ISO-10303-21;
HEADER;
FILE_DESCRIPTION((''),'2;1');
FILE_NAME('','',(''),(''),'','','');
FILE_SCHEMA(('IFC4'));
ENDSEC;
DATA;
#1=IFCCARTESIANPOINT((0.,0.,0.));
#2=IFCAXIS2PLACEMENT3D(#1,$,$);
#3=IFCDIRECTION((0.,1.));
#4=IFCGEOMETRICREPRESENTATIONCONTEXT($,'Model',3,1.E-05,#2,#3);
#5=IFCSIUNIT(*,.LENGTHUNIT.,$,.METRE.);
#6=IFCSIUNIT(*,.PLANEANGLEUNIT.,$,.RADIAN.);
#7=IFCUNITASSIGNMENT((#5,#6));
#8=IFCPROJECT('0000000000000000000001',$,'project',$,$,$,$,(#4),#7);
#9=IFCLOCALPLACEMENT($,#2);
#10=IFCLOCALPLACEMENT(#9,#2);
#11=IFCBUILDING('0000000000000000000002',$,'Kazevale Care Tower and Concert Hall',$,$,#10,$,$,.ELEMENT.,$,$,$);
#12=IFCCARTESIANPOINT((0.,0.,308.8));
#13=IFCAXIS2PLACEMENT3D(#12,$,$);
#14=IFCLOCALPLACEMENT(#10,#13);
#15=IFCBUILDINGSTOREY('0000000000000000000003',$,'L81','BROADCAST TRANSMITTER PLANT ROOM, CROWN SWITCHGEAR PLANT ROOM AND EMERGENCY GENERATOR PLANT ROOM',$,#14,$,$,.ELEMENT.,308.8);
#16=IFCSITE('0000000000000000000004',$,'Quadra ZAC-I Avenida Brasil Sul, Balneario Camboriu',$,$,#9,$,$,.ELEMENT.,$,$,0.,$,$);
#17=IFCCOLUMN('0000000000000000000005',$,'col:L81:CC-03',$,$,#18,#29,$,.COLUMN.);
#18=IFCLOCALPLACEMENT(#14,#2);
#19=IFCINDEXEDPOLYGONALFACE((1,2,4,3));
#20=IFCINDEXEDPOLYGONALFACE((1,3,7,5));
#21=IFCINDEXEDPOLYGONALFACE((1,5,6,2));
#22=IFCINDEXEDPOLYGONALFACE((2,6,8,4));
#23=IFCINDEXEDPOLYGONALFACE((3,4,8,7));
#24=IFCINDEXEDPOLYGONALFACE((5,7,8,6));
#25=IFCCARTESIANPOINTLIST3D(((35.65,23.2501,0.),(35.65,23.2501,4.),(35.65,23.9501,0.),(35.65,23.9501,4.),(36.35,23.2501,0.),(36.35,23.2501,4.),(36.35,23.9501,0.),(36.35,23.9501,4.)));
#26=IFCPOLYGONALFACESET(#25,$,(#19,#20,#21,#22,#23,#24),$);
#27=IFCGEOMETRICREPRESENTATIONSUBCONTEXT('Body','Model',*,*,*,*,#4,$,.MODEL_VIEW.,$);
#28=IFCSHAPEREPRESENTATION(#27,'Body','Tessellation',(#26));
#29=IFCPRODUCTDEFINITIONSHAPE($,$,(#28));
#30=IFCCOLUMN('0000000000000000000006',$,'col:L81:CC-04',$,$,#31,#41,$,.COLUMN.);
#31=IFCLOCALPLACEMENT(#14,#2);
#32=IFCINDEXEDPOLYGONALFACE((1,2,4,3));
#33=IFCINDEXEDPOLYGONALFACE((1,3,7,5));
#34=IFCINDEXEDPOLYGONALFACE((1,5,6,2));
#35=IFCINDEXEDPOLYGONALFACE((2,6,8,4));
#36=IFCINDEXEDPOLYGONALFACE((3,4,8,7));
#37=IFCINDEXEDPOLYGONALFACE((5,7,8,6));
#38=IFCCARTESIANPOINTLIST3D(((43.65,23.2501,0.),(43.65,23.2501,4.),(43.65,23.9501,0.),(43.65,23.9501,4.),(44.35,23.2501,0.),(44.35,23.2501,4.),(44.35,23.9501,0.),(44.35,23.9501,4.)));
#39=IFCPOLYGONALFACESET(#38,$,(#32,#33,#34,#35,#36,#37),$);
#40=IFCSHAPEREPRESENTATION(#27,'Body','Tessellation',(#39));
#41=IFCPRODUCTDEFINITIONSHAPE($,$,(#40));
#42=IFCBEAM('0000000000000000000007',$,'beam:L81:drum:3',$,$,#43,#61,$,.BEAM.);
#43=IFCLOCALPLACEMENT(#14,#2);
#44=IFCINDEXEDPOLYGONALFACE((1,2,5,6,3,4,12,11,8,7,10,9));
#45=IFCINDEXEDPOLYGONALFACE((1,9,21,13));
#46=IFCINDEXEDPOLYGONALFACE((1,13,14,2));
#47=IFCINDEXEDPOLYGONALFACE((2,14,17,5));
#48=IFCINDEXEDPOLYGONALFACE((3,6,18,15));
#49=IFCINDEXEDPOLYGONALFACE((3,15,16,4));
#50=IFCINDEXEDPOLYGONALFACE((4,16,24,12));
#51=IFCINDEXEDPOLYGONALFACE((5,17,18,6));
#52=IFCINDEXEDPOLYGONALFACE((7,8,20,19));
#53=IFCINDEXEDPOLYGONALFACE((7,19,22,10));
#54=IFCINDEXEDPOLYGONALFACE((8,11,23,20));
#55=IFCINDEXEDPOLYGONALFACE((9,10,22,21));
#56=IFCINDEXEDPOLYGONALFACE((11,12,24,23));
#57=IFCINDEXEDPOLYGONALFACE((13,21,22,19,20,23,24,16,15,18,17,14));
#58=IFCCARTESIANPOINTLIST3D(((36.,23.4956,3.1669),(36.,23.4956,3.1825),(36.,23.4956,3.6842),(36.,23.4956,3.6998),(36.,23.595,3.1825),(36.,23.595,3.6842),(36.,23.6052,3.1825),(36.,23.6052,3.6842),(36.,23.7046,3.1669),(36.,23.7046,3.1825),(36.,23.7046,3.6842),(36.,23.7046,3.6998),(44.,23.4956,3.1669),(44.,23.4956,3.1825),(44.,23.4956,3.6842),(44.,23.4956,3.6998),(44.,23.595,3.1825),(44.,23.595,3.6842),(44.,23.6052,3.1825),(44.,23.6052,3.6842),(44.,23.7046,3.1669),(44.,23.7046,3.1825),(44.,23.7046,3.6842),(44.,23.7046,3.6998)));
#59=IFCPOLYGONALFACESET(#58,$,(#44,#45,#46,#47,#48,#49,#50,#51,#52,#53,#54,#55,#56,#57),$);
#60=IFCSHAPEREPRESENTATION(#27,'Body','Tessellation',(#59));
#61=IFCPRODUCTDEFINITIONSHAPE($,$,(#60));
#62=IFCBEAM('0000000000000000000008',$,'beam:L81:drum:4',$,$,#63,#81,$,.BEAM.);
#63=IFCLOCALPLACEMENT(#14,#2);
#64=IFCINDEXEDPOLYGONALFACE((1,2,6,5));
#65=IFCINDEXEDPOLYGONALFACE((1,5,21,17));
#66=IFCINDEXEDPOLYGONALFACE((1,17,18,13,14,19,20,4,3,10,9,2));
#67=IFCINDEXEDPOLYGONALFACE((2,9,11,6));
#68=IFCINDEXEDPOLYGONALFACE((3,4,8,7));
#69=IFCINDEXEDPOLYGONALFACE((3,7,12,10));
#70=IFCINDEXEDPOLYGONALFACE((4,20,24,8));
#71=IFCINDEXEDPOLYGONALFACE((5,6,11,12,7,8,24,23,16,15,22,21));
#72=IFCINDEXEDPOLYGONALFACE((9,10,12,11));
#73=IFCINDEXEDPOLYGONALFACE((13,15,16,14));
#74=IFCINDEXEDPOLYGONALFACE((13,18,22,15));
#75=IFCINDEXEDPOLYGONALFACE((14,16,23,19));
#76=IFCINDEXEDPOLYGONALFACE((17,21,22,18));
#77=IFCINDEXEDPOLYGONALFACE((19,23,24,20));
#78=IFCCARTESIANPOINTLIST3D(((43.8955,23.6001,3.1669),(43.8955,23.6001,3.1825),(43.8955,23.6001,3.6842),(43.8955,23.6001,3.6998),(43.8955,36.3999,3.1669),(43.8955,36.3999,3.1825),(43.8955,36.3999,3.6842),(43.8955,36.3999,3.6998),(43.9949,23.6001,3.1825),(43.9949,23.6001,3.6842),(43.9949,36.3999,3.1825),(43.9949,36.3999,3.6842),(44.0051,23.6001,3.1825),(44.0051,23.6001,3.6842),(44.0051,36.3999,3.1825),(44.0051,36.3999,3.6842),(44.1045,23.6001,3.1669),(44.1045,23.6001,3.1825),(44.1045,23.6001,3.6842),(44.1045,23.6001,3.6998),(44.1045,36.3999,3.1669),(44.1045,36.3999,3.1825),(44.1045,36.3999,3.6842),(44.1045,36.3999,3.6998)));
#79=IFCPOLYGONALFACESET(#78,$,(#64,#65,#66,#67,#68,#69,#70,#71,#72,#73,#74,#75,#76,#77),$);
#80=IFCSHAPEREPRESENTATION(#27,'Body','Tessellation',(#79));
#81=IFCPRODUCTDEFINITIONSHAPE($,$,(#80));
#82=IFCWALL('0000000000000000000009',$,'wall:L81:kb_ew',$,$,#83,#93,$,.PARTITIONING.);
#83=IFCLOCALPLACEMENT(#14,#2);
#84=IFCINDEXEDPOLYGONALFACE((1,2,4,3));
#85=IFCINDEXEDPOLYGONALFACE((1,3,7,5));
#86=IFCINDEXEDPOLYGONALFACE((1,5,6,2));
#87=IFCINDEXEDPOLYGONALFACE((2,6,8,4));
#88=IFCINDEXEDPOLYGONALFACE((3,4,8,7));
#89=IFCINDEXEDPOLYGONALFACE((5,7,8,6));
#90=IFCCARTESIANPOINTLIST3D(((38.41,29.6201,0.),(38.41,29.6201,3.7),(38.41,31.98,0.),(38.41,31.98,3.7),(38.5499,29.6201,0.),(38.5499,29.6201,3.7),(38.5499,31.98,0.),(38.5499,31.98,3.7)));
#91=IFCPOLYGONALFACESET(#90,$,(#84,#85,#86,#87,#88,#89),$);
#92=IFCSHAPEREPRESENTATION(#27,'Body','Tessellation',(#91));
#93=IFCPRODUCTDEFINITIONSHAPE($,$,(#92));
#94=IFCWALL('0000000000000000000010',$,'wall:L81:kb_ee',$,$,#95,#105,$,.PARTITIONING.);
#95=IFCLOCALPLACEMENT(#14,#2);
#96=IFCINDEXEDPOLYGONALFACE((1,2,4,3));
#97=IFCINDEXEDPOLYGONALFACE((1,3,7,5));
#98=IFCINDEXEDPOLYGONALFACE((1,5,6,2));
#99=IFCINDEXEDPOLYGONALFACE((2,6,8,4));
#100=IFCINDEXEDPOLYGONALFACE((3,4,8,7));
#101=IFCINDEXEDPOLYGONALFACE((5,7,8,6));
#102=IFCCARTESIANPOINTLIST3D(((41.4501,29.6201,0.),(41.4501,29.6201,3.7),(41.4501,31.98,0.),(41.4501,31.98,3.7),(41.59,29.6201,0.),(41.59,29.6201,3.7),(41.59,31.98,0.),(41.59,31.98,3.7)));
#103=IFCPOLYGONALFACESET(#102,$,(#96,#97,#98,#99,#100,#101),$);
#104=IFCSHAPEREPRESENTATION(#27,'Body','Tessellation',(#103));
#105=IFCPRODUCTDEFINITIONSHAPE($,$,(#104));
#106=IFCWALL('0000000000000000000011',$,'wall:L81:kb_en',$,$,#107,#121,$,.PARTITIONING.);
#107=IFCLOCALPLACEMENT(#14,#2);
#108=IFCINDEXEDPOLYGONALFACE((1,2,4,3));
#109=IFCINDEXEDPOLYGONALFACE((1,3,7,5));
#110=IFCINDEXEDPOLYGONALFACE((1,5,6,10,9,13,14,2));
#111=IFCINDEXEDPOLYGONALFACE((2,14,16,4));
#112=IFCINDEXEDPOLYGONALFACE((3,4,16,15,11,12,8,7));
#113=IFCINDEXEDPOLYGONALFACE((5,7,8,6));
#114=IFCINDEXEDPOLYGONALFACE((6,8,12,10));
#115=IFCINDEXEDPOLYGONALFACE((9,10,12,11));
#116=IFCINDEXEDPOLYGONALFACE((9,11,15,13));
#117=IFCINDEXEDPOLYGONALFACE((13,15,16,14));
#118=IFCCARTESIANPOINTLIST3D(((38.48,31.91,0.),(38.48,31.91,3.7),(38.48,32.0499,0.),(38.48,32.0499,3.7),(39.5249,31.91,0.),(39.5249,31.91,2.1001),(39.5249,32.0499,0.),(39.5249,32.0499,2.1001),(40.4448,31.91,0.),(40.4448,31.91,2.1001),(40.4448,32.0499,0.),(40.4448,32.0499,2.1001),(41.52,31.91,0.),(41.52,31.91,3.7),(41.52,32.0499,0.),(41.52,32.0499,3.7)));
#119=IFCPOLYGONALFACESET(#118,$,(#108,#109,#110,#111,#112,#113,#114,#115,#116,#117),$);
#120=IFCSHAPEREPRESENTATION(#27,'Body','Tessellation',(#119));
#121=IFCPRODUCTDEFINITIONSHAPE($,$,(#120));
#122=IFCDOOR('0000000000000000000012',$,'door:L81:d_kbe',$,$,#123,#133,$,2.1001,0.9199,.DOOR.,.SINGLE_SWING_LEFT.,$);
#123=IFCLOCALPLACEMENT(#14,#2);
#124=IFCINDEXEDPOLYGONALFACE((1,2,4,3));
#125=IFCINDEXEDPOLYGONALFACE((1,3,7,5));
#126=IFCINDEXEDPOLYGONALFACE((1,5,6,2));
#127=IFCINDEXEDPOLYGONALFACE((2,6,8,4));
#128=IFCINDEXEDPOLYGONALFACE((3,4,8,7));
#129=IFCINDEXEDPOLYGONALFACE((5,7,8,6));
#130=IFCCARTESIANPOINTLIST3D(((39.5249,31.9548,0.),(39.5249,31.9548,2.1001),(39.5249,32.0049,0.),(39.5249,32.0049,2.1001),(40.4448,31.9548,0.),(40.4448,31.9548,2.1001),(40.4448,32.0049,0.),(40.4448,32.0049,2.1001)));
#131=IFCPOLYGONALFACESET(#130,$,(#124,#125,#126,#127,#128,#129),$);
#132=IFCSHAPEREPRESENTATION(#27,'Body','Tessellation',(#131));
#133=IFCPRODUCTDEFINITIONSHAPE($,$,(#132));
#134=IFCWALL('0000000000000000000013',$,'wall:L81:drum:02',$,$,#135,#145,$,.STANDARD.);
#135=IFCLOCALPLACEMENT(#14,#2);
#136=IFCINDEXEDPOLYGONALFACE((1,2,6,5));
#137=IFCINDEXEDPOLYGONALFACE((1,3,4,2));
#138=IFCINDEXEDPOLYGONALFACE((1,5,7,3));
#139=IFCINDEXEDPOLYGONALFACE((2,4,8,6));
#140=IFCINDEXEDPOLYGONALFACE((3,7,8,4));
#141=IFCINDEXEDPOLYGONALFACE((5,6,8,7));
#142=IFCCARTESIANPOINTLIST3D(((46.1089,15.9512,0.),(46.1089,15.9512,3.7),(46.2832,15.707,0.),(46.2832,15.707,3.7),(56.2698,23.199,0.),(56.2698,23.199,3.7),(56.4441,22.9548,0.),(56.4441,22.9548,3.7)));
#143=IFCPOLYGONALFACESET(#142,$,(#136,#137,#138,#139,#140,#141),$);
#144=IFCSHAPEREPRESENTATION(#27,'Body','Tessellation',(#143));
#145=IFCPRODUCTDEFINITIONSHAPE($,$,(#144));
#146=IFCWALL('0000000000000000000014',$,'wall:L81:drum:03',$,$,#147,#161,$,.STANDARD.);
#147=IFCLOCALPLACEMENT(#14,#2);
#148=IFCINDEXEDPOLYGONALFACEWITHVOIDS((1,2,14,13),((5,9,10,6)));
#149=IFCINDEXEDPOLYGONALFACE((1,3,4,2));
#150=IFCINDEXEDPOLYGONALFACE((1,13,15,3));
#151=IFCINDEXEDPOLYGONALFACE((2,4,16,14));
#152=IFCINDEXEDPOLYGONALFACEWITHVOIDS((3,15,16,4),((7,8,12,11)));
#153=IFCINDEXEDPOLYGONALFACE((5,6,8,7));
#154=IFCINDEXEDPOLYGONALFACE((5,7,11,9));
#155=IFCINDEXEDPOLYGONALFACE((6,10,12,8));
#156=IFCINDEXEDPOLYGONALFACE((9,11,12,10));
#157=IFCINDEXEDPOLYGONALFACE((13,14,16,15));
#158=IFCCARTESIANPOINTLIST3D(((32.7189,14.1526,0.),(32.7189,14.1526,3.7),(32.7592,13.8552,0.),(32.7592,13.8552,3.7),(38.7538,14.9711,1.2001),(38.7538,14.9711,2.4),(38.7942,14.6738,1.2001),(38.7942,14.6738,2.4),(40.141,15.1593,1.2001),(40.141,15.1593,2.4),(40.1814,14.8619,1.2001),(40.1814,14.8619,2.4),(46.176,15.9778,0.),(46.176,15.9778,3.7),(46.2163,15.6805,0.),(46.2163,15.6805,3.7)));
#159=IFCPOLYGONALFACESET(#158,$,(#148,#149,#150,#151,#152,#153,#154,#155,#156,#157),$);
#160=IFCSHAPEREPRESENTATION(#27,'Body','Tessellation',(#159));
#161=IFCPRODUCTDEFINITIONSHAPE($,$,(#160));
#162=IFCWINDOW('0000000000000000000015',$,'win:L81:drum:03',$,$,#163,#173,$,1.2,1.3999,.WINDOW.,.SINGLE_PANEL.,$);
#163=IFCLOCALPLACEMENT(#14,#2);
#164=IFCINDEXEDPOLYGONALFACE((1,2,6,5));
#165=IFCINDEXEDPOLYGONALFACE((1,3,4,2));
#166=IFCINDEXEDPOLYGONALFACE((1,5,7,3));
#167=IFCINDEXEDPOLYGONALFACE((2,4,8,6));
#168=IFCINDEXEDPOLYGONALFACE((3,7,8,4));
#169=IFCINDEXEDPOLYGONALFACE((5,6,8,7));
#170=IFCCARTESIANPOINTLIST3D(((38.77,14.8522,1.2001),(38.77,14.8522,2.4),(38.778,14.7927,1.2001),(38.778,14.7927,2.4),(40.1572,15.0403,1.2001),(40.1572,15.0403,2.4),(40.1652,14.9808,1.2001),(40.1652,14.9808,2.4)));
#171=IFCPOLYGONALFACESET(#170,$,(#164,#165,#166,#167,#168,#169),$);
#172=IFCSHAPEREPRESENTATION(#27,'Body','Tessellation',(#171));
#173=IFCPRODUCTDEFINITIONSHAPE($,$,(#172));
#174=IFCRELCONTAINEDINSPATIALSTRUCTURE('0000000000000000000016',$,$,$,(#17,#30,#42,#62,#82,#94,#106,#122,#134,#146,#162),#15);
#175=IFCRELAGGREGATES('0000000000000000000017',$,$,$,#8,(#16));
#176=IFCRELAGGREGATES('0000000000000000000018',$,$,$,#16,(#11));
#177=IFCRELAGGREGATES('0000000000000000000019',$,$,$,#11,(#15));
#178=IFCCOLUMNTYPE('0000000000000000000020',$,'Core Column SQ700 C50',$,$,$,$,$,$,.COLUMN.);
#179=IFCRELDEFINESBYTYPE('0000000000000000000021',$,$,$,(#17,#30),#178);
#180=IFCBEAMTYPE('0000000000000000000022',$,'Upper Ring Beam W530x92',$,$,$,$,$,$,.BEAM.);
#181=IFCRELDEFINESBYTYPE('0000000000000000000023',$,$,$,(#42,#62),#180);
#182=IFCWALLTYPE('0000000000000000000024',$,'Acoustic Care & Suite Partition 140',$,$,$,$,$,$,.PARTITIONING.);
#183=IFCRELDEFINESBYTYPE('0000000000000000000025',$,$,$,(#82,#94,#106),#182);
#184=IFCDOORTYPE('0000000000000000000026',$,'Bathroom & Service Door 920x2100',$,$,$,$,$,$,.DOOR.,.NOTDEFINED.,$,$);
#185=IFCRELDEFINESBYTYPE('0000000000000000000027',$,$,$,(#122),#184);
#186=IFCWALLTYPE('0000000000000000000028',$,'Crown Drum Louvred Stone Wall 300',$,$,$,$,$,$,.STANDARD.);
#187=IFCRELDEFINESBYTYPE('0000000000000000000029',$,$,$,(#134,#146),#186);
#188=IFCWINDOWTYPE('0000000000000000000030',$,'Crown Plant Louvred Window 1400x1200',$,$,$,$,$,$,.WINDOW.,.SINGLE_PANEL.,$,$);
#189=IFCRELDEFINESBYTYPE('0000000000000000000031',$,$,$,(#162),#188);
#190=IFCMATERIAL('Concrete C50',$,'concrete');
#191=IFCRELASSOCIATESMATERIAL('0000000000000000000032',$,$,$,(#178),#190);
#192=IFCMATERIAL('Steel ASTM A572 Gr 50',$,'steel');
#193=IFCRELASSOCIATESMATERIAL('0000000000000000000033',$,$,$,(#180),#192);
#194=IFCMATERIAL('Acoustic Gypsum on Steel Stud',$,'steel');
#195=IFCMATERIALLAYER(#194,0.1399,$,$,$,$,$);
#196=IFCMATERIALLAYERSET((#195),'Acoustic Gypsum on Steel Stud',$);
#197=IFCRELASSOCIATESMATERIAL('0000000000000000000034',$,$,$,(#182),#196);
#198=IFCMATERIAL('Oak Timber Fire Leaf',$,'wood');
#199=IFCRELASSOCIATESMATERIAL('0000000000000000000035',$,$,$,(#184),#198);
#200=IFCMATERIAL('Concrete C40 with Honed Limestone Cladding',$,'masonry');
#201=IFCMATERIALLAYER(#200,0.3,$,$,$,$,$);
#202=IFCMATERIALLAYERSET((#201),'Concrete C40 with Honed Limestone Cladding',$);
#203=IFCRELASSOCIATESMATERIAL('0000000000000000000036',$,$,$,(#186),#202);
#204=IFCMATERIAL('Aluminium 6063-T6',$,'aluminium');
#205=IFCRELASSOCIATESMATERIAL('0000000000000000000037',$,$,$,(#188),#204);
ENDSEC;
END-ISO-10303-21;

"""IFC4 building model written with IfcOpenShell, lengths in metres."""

from ifc_helpers import new_model, si_unit, direction, frame, frame_2d, origin, origin_2d, place, context, subcontext, project, spatial, rectangle, i_section, extrude, material, layer, layer_set, material_profile, profile_set, type_object, element, fill, save


model = new_model("IFC4")

# Units and contexts
model_context = context("Model", 3, precision=1e-05, world=origin(), true_north=direction((0.0, 1.0)))
body_context = subcontext(model_context, "Body", "Model", "MODEL_VIEW")
ifc_project = project(units=[si_unit("LENGTHUNIT", "METRE"), si_unit("PLANEANGLEUNIT", "RADIAN")], contexts=[model_context])

# Site, building, storey
site_placement = place(None, origin())
site = spatial("IfcSite", under=ifc_project, at=site_placement, Name="Quadra ZAC-I Avenida Brasil Sul, Balneario Camboriu", CompositionType="ELEMENT", RefElevation=0.0)
building_placement = place(site_placement, origin())
building = spatial("IfcBuilding", under=site, at=building_placement, Name="Kazevale Care Tower and Concert Hall", CompositionType="ELEMENT")
storey_placement = place(building_placement, frame((0.0, 0.0, 308.8)))
storey = spatial("IfcBuildingStorey", under=building, at=storey_placement, Name="L81", Description="BROADCAST TRANSMITTER PLANT ROOM, CROWN SWITCHGEAR PLANT ROOM AND EMERGENCY GENERATOR PLANT ROOM", CompositionType="ELEMENT", Elevation=308.8)

# Columns
ifc_material_1 = material(Name="Concrete C50", Category="concrete")
ifc_material_profile_1 = material_profile(ifc_material_1, rectangle(XDim=0.7, YDim=0.7, at=origin_2d()), Name="RC-SQ700")
ifc_profile_set_1 = profile_set([ifc_material_profile_1], Name="Concrete C50")
column_type = type_object("IfcColumnType", Name="Core Column SQ700 C50", PredefinedType="COLUMN", material=ifc_profile_set_1)
for number, where, z_axis, x_axis, name in (
    (1, (36.0, 23.6001, 0.0), (0.0, 0.0, 1.0), (1.0, 0.0, 0.0), "col:L81:CC-03"),
    (2, (44.0, 23.6001, 0.0), (0.0, 0.0, 1.0), (1.0, 0.0, 0.0), "col:L81:CC-04"),
):
    element("IfcColumn", number, at=place(storey_placement, frame(where, z_axis=z_axis, x_axis=x_axis)), inside=storey, type_object=column_type, Name=name, PredefinedType="COLUMN", context=body_context, shape_type="SweptSolid", body=[
        extrude(rectangle(XDim=0.7, YDim=0.7, at=origin_2d()), origin(), (0.0, 0.0, 1.0), 4.0),
    ])

# Beams
ifc_material_2 = material(Name="Steel ASTM A572 Gr 50", Category="steel")
ifc_material_profile_2 = material_profile(ifc_material_2, i_section(OverallWidth=0.209, OverallDepth=0.533, WebThickness=0.0103, FlangeThickness=0.0156, at=origin_2d()), Name="W530x92")
ifc_profile_set_2 = profile_set([ifc_material_profile_2], Name="Steel ASTM A572 Gr 50")
beam_type = type_object("IfcBeamType", Name="Upper Ring Beam W530x92", PredefinedType="BEAM", material=ifc_profile_set_2)
beam_1_placement = place(storey_placement, frame((36.0, 23.6001, 3.4333), z_axis=(1.0, 0.0, 0.0), x_axis=(0.0, 1.0, 0.0)))
element("IfcBeam", 3, at=beam_1_placement, inside=storey, type_object=beam_type, Name="beam:L81:drum:3", PredefinedType="BEAM", context=body_context, shape_type="SweptSolid", body=[
    extrude(i_section(OverallWidth=0.209, OverallDepth=0.533, WebThickness=0.0103, FlangeThickness=0.0156, at=origin_2d()), origin(), (0.0, 0.0, 1.0), 8.0),
])
beam_2_placement = place(storey_placement, frame((44.0, 23.6001, 3.4333), z_axis=(0.0, 1.0, 0.0), x_axis=(-1.0, 0.0, 0.0)))
element("IfcBeam", 4, at=beam_2_placement, inside=storey, type_object=beam_type, Name="beam:L81:drum:4", PredefinedType="BEAM", context=body_context, shape_type="SweptSolid", body=[
    extrude(i_section(OverallWidth=0.209, OverallDepth=0.533, WebThickness=0.0103, FlangeThickness=0.0156, at=origin_2d()), origin(), (0.0, 0.0, 1.0), 12.7998),
])

# Walls
ifc_material_3 = material(Name="Acoustic Gypsum on Steel Stud", Category="steel")
ifc_layer_1 = layer(ifc_material_3, 0.1399)
ifc_layer_set_1 = layer_set([ifc_layer_1], Name="Acoustic Gypsum on Steel Stud")
wall_type_1 = type_object("IfcWallType", Name="Acoustic Care & Suite Partition 140", PredefinedType="PARTITIONING", material=ifc_layer_set_1)
for number, where, z_axis, x_axis, name in (
    (5, (38.48, 29.6201, 0.0), (0.0, 0.0, 1.0), (0.0, 1.0, 0.0), "wall:L81:kb_ew"),
    (6, (41.52, 29.6201, 0.0), (0.0, 0.0, 1.0), (0.0, 1.0, 0.0), "wall:L81:kb_ee"),
):
    element("IfcWall", number, at=place(storey_placement, frame(where, z_axis=z_axis, x_axis=x_axis)), inside=storey, type_object=wall_type_1, Name=name, PredefinedType="PARTITIONING", context=body_context, shape_type="SweptSolid", body=[
        extrude(rectangle(XDim=2.3599, YDim=0.1399, at=frame_2d((1.1799, 0.0))), origin(), (0.0, 0.0, 1.0), 3.7),
    ])

# Wall, opening, door
wall_1_placement = place(storey_placement, frame((38.48, 31.98, 0.0), z_axis=(0.0, 0.0, 1.0), x_axis=(1.0, 0.0, 0.0)))
wall_1 = element("IfcWall", 7, at=wall_1_placement, inside=storey, type_object=wall_type_1, Name="wall:L81:kb_en", PredefinedType="PARTITIONING", context=body_context, shape_type="SweptSolid", body=[
    extrude(rectangle(XDim=3.04, YDim=0.1399, at=frame_2d((1.52, 0.0))), origin(), (0.0, 0.0, 1.0), 3.7),
])
opening_1_placement = place(wall_1_placement, frame((1.0449, 0.0, 0.0)))
opening_1 = element("IfcOpeningElement", 8, at=opening_1_placement, cuts=wall_1, PredefinedType="OPENING", context=body_context, shape_type="SweptSolid", body=[
    extrude(rectangle(XDim=0.9199, YDim=2.1001, at=frame_2d((0.46, 1.05))), frame((0.0, 0.0798, 0.0), z_axis=(0.0, -1.0, 0.0), x_axis=(1.0, 0.0, 0.0)), (0.0, 0.0, 1.0), 0.1599),
])
ifc_material_4 = material(Name="Oak Timber Fire Leaf", Category="wood")
door_type_1 = type_object("IfcDoorType", Name="Bathroom & Service Door 920x2100", OperationType="NOTDEFINED", PredefinedType="DOOR", material=ifc_material_4)
door_1_placement = place(opening_1_placement, origin())
door_1 = element("IfcDoor", 9, at=door_1_placement, inside=storey, type_object=door_type_1, Name="door:L81:d_kbe", OperationType="SINGLE_SWING_LEFT", OverallHeight=2.1001, OverallWidth=0.9199, PredefinedType="DOOR", context=body_context, shape_type="SweptSolid", body=[
    extrude(rectangle(XDim=0.9199, YDim=2.1001, at=frame_2d((0.46, 1.05))), frame((0.0, 0.0249, 0.0), z_axis=(0.0, -1.0, 0.0), x_axis=(1.0, 0.0, 0.0)), (0.0, 0.0, 1.0), 0.05),
])
fill(opening_1, door_1)

# Wall
ifc_material_5 = material(Name="Concrete C40 with Honed Limestone Cladding", Category="masonry")
ifc_layer_2 = layer(ifc_material_5, 0.3)
ifc_layer_set_2 = layer_set([ifc_layer_2], Name="Concrete C40 with Honed Limestone Cladding")
wall_type_2 = type_object("IfcWallType", Name="Crown Drum Louvred Stone Wall 300", PredefinedType="STANDARD", material=ifc_layer_set_2)
wall_2_placement = place(storey_placement, frame((56.3569, 23.0769, 0.0), z_axis=(0.0, 0.0, 1.0), x_axis=(-0.814111, -0.580709, 0.0)))
element("IfcWall", 10, at=wall_2_placement, inside=storey, type_object=wall_type_2, Name="wall:L81:drum:02", PredefinedType="STANDARD", context=body_context, shape_type="SweptSolid", body=[
    extrude(rectangle(XDim=12.481, YDim=0.3, at=frame_2d((6.2405, 0.0))), origin(), (0.0, 0.0, 1.0), 3.7),
])

# Wall, opening, window
wall_3_placement = place(storey_placement, frame((46.196, 15.8291, 0.0), z_axis=(0.0, 0.0, 1.0), x_axis=(-0.990927, -0.134401, 0.0)))
wall_3 = element("IfcWall", 11, at=wall_3_placement, inside=storey, type_object=wall_type_2, Name="wall:L81:drum:03", PredefinedType="STANDARD", context=body_context, shape_type="SweptSolid", body=[
    extrude(rectangle(XDim=13.5803, YDim=0.3, at=frame_2d((6.79, 0.0))), origin(), (0.0, 0.0, 1.0), 3.7),
])
opening_2_placement = place(wall_3_placement, frame((6.0901, 0.0, 1.2)))
opening_2 = element("IfcOpeningElement", 12, at=opening_2_placement, cuts=wall_3, PredefinedType="OPENING", context=body_context, shape_type="SweptSolid", body=[
    extrude(rectangle(XDim=1.3999, YDim=1.2, at=frame_2d((0.7, 0.6001))), frame((0.0, 0.1599, 0.0), z_axis=(0.0, -1.0, 0.0), x_axis=(1.0, 0.0, 0.0)), (0.0, 0.0, 1.0), 0.3201),
])
ifc_material_6 = material(Name="Aluminium 6063-T6", Category="aluminium")
window_type = type_object("IfcWindowType", Name="Crown Plant Louvred Window 1400x1200", PartitioningType="SINGLE_PANEL", PredefinedType="WINDOW", material=ifc_material_6)
window_placement = place(opening_2_placement, origin())
window = element("IfcWindow", 13, at=window_placement, inside=storey, type_object=window_type, Name="win:L81:drum:03", OverallHeight=1.2, OverallWidth=1.3999, PartitioningType="SINGLE_PANEL", PredefinedType="WINDOW", context=body_context, shape_type="SweptSolid", body=[
    extrude(rectangle(XDim=1.3999, YDim=1.2, at=frame_2d((0.7, 0.6001))), frame((0.0, 0.03, 0.0), z_axis=(0.0, -1.0, 0.0), x_axis=(1.0, 0.0, 0.0)), (0.0, 0.0, 1.0), 0.0601),
])
fill(opening_2, window)

save(model, "model.ifc")
